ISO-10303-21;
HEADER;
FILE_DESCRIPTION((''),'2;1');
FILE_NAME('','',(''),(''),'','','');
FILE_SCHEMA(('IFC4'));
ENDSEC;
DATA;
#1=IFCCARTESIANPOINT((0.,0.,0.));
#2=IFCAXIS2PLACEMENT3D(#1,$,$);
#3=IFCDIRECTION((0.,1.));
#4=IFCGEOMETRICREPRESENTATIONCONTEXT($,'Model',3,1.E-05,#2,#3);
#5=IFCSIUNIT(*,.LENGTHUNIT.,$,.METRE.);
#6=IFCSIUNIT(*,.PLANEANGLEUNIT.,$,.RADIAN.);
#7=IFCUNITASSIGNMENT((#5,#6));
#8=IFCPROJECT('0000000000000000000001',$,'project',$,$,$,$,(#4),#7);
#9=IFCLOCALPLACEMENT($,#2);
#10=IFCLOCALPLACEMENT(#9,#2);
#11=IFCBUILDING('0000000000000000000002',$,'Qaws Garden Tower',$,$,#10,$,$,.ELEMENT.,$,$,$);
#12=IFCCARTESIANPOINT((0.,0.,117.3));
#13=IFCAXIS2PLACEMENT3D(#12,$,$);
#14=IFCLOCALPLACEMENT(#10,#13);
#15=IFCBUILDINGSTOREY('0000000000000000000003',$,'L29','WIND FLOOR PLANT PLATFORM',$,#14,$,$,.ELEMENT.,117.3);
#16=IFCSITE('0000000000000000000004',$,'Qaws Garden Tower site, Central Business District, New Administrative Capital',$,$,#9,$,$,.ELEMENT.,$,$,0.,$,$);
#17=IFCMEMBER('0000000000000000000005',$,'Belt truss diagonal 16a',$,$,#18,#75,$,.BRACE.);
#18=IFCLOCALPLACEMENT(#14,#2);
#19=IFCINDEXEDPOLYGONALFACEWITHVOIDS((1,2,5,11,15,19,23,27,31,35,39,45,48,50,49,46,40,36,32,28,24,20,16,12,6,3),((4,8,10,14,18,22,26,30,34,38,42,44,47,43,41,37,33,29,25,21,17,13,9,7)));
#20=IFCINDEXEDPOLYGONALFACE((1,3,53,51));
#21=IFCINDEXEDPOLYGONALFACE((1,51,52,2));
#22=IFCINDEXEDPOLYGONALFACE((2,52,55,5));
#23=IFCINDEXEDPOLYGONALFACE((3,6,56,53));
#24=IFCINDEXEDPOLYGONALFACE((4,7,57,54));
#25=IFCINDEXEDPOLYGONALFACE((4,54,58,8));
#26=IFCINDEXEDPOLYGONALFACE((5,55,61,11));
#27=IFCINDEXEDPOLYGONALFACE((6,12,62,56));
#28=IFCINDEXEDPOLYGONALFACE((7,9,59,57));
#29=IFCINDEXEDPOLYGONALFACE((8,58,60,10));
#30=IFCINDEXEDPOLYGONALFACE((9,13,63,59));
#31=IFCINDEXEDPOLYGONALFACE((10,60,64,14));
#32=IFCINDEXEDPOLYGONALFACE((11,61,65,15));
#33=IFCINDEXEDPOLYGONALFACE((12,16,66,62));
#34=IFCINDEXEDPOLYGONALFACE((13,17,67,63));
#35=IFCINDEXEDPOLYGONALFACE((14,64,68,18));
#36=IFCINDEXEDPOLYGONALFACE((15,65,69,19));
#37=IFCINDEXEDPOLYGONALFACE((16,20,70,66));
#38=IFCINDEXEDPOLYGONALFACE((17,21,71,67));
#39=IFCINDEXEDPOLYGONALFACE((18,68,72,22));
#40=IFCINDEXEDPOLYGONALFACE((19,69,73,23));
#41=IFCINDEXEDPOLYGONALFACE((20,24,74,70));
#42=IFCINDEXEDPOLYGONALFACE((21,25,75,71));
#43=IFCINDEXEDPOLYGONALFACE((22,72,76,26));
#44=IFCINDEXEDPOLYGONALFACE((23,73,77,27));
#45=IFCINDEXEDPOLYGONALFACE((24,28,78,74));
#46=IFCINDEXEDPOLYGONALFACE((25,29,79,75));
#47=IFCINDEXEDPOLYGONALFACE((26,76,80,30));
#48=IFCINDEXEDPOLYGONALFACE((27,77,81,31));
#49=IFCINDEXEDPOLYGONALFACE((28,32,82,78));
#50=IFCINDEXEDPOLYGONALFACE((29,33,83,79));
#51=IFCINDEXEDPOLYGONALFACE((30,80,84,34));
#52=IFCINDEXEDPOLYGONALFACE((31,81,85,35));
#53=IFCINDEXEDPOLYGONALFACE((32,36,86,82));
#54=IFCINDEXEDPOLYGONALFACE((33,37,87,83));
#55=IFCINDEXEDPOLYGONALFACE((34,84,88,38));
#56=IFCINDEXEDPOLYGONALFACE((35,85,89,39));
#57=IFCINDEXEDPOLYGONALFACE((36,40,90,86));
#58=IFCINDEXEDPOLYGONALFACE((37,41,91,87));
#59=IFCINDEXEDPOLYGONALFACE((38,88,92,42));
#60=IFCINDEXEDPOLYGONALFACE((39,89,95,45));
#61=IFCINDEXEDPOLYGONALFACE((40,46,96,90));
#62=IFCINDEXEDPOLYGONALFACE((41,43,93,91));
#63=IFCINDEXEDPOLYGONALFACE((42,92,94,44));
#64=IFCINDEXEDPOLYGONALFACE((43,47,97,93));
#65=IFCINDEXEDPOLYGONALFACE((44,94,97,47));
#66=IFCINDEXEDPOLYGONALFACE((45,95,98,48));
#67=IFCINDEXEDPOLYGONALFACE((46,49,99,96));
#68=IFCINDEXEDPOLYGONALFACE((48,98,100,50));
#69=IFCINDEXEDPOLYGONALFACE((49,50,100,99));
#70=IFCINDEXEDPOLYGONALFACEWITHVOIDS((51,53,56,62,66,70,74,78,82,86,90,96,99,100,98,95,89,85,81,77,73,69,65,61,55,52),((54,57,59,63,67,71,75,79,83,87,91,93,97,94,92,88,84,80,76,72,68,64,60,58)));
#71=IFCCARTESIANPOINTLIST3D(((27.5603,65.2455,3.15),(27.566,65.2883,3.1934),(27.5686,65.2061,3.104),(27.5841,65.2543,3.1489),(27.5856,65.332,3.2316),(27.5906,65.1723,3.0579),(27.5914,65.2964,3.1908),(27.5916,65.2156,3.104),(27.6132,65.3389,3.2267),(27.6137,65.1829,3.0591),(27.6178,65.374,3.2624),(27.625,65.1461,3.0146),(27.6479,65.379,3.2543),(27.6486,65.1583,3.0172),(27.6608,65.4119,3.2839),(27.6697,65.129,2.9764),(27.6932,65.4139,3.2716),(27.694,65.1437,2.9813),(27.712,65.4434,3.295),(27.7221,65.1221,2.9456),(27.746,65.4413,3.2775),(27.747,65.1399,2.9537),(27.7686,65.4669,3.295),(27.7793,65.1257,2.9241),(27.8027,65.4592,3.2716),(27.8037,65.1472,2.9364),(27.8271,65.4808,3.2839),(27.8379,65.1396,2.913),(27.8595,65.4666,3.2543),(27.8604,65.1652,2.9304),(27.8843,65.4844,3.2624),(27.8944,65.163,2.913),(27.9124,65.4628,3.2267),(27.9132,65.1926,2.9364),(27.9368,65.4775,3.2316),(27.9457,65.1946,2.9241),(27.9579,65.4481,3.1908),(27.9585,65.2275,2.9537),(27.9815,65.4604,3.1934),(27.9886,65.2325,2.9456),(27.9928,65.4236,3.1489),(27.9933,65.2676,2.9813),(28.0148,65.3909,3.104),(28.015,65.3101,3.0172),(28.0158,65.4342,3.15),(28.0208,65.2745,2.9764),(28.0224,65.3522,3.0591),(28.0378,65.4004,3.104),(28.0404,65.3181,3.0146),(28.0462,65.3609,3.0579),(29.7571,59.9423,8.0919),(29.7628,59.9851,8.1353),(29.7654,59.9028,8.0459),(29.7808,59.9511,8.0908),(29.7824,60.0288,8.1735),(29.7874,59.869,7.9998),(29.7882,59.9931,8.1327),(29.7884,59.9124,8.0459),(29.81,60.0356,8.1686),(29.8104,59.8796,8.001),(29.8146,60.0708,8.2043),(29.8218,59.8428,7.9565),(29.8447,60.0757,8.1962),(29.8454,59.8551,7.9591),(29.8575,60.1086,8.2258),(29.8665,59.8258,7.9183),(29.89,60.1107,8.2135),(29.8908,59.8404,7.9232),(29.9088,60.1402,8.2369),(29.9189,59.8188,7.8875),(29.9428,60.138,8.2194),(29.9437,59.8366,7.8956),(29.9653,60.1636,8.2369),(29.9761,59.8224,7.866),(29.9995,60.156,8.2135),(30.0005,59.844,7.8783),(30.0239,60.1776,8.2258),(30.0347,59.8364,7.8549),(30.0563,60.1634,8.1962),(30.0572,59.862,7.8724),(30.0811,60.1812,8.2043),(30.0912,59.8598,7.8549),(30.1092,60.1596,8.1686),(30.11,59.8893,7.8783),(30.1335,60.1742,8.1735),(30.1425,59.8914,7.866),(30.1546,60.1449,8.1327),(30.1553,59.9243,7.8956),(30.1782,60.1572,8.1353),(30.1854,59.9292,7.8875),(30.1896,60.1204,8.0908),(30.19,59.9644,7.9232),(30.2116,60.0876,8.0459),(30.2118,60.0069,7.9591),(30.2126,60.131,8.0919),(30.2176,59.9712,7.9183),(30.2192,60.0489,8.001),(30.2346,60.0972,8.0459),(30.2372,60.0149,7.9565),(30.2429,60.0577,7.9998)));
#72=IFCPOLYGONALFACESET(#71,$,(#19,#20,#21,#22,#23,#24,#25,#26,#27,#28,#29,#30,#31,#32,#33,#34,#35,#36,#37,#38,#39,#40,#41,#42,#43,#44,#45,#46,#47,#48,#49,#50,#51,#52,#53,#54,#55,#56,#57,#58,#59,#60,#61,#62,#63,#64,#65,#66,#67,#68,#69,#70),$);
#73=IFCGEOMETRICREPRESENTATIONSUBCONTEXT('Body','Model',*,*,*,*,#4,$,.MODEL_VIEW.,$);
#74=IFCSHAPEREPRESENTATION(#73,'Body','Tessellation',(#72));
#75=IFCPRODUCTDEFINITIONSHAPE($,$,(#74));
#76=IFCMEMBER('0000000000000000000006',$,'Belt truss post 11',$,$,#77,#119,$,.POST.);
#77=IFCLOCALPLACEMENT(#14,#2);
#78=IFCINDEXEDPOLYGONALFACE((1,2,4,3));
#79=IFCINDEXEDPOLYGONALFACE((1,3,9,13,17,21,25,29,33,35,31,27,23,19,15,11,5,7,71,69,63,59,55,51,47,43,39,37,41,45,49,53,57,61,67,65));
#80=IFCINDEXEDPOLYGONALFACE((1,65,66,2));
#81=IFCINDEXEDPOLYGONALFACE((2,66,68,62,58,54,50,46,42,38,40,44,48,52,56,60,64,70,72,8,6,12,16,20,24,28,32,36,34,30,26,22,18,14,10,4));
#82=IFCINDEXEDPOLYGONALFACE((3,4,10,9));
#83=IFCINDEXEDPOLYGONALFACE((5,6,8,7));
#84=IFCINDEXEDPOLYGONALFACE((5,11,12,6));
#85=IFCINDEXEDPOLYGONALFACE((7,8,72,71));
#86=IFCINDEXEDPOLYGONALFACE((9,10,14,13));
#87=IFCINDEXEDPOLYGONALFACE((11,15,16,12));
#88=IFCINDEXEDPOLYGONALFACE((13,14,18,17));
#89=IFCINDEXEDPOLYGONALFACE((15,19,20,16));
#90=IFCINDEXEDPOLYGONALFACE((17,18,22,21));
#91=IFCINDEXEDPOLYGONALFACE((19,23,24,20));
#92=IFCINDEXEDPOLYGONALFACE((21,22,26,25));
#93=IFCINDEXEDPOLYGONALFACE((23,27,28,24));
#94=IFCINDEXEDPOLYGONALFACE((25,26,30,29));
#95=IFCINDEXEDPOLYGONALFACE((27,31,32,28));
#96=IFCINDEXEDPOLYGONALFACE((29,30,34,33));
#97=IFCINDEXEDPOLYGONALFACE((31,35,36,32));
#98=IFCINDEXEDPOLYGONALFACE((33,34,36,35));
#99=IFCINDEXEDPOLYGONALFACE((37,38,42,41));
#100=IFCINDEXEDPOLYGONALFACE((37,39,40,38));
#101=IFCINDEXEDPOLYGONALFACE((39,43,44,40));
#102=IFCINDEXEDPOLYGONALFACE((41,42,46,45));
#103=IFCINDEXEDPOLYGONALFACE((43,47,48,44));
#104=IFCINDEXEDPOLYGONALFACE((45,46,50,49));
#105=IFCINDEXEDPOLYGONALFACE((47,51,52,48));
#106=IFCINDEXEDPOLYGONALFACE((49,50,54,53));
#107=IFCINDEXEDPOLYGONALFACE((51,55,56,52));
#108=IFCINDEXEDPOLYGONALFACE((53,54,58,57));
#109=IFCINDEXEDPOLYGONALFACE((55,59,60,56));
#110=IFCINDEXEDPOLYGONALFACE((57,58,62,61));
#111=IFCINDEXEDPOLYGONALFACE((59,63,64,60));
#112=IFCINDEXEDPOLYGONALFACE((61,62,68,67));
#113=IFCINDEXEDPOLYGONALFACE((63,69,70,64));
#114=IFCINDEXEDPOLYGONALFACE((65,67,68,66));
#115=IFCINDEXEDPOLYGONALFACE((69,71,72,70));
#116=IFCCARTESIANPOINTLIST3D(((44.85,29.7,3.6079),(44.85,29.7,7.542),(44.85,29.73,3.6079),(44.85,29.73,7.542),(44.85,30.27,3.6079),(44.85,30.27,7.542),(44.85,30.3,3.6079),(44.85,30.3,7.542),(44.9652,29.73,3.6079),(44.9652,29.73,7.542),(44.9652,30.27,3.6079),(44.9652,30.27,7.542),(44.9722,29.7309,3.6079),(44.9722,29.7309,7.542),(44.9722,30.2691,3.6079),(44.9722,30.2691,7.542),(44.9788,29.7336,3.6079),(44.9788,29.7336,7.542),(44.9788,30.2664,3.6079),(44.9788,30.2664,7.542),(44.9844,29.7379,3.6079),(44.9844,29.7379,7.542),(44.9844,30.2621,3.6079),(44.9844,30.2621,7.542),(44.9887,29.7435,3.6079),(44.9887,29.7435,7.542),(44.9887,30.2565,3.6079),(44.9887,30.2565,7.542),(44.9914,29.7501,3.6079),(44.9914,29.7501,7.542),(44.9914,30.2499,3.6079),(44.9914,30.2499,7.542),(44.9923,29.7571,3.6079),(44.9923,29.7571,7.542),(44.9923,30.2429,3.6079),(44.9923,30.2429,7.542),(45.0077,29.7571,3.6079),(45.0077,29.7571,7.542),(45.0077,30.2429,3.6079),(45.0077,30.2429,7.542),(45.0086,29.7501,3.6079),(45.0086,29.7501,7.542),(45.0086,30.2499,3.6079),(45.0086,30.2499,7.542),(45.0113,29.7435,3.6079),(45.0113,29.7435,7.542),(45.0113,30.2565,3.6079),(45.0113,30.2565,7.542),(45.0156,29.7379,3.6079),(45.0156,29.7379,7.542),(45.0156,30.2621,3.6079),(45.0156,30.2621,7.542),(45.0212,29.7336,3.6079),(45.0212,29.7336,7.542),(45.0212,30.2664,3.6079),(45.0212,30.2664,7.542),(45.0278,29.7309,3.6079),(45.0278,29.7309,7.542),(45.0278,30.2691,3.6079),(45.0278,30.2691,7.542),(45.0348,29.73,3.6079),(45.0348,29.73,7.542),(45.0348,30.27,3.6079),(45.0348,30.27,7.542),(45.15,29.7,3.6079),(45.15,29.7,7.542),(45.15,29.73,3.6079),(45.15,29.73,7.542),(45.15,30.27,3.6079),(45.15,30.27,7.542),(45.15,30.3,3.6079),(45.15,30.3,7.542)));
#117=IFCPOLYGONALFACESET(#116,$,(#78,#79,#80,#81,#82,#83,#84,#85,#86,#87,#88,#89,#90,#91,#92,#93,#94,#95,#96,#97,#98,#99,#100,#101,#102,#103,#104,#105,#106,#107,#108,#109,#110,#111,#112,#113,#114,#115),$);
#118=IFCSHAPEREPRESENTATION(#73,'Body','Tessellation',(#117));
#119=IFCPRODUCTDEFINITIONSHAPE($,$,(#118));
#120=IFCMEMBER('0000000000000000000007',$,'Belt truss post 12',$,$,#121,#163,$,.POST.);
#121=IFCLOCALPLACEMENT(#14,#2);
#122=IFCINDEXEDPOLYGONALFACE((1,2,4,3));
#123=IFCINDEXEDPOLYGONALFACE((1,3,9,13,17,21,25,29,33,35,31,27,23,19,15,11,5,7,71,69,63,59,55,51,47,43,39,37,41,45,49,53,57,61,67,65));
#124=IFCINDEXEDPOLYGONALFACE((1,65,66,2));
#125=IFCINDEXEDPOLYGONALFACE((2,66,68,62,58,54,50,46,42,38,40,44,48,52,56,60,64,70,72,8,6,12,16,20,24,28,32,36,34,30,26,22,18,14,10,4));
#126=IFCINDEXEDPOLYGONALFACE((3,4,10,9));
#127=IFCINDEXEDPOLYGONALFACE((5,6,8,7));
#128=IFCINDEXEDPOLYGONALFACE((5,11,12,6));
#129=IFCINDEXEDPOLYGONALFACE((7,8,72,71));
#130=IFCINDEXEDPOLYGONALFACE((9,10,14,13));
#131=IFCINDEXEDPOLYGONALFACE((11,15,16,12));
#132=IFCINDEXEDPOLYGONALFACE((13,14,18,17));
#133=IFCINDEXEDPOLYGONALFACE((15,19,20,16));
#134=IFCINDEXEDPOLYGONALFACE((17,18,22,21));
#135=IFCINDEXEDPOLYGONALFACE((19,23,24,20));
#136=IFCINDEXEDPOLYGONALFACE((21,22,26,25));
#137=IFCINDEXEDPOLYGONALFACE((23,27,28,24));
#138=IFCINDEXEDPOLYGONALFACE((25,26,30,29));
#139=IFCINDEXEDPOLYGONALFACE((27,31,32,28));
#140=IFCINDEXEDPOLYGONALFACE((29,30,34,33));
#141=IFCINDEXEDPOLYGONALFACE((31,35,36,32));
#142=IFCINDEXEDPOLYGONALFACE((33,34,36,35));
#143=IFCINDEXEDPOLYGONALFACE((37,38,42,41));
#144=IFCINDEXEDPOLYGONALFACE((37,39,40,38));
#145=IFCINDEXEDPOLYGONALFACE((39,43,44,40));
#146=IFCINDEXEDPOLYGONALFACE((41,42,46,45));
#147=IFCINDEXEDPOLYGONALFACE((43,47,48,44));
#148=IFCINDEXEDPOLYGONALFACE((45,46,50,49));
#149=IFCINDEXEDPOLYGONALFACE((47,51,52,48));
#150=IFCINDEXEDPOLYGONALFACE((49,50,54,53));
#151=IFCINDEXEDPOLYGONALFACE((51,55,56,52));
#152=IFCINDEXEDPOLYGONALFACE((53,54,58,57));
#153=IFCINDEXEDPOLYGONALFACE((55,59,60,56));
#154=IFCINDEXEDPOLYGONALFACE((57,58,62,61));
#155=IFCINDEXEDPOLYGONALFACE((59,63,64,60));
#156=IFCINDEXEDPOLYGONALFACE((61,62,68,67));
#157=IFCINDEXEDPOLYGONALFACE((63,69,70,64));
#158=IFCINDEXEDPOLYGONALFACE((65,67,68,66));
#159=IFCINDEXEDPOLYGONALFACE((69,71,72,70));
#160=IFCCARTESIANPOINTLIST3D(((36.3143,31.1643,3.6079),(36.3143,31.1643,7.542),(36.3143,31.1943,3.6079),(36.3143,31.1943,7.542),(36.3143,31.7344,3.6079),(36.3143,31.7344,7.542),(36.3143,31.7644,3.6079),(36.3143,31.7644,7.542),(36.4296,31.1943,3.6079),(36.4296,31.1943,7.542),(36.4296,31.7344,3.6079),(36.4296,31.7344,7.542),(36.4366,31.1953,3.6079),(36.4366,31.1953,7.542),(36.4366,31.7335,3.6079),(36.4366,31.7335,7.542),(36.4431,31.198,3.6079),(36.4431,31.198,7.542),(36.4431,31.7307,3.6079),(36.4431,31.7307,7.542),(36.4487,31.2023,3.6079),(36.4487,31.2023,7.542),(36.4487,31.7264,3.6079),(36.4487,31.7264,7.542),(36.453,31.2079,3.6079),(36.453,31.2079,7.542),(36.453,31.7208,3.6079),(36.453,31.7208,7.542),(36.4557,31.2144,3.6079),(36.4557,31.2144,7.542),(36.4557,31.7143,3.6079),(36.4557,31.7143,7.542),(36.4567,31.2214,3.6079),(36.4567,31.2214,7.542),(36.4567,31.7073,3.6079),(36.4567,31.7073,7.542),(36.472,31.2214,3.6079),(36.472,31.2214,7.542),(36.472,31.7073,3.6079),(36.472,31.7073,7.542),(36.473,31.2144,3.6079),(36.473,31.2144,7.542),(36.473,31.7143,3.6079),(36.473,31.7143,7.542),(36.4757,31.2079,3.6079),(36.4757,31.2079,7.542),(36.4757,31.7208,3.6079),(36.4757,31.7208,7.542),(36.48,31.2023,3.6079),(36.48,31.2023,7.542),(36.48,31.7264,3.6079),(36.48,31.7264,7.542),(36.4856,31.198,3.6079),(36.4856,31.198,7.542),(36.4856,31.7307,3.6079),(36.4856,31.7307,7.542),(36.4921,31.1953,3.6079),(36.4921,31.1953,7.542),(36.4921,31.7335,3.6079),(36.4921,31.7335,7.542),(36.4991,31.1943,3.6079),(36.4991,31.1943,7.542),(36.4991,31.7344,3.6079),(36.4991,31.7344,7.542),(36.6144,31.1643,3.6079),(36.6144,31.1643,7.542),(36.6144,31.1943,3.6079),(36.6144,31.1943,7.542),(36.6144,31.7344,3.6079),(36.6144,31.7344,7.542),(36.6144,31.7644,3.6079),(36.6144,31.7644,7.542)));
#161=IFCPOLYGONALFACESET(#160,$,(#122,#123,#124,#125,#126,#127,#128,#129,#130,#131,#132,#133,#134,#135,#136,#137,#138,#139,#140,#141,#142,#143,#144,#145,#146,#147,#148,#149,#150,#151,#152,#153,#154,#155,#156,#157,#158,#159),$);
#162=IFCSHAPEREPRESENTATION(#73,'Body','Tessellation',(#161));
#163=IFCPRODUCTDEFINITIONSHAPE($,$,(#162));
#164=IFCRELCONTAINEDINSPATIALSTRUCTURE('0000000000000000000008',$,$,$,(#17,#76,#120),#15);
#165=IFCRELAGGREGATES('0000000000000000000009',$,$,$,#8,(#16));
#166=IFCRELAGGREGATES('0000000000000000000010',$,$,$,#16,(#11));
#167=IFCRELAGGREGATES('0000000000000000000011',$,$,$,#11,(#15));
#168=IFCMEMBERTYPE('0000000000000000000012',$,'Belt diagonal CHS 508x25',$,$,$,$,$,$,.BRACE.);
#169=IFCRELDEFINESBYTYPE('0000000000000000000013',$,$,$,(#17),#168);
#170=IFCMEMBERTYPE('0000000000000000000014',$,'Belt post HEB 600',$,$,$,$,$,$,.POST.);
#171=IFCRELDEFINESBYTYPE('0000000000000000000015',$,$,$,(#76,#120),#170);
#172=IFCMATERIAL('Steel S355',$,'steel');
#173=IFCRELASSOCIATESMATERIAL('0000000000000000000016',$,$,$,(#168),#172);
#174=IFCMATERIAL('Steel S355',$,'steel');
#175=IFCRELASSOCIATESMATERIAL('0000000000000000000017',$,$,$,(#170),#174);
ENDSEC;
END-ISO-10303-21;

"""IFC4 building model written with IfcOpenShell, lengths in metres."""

from ifc_helpers import new_model, si_unit, direction, frame, origin, origin_2d, place, context, subcontext, project, spatial, hollow_circle, i_section, extrude, material, material_profile, profile_set, type_object, element, save


model = new_model("IFC4")

# Units and contexts
model_context = context("Model", 3, precision=1e-05, world=origin(), true_north=direction((0.0, 1.0)))
body_context = subcontext(model_context, "Body", "Model", "MODEL_VIEW")
ifc_project = project(units=[si_unit("LENGTHUNIT", "METRE"), si_unit("PLANEANGLEUNIT", "RADIAN")], contexts=[model_context])

# Site, building, storey
site_placement = place(None, origin())
site = spatial("IfcSite", under=ifc_project, at=site_placement, Name="Qaws Garden Tower site, Central Business District, New Administrative Capital", CompositionType="ELEMENT", RefElevation=0.0)
building_placement = place(site_placement, origin())
building = spatial("IfcBuilding", under=site, at=building_placement, Name="Qaws Garden Tower", CompositionType="ELEMENT")
storey_placement = place(building_placement, frame((0.0, 0.0, 117.3)))
storey = spatial("IfcBuildingStorey", under=building, at=storey_placement, Name="L29", Description="WIND FLOOR PLANT PLATFORM", CompositionType="ELEMENT", Elevation=117.3)

# Members
ifc_material_1 = material(Name="Steel S355", Category="steel")
ifc_material_profile_1 = material_profile(ifc_material_1, hollow_circle(Radius=0.2539, WallThickness=0.0249, at=origin_2d()), Name="CHS 508x25")
ifc_profile_set_1 = profile_set([ifc_material_profile_1], Name="Steel S355")
member_type_1 = type_object("IfcMemberType", Name="Belt diagonal CHS 508x25", PredefinedType="BRACE", material=ifc_profile_set_1)
member_1_placement = place(storey_placement, frame((30.0, 60.0, 8.0459), z_axis=(-0.290025, 0.700146, -0.652443), x_axis=(-0.923873, -0.3827, 0.0)))
element("IfcMember", 1, at=member_1_placement, inside=storey, type_object=member_type_1, Name="Belt truss diagonal 16a", PredefinedType="BRACE", context=body_context, shape_type="SweptSolid", body=[
    extrude(hollow_circle(Radius=0.2539, WallThickness=0.0249, at=origin_2d()), origin(), (0.0, 0.0, 1.0), 7.5745),
])
ifc_material_2 = material(Name="Steel S355", Category="steel")
ifc_material_profile_2 = material_profile(ifc_material_2, i_section(OverallWidth=0.3, OverallDepth=0.6001, WebThickness=0.0154, FlangeThickness=0.03, FilletRadius=0.0271, at=origin_2d()), Name="HEB 600")
ifc_profile_set_2 = profile_set([ifc_material_profile_2], Name="Steel S355")
member_type_2 = type_object("IfcMemberType", Name="Belt post HEB 600", PredefinedType="POST", material=ifc_profile_set_2)
member_2_placement = place(storey_placement, frame((45.0, 30.0, 3.6079), z_axis=(0.0, 0.0, 1.0), x_axis=(1.0, 0.0, 0.0)))
element("IfcMember", 2, at=member_2_placement, inside=storey, type_object=member_type_2, Name="Belt truss post 11", PredefinedType="POST", context=body_context, shape_type="SweptSolid", body=[
    extrude(i_section(OverallWidth=0.3, OverallDepth=0.6001, WebThickness=0.0154, FlangeThickness=0.03, FilletRadius=0.0271, at=origin_2d()), origin(), (0.0, 0.0, 1.0), 3.9341),
])
placement_1 = place(storey_placement, frame((36.4644, 31.4644, 3.6079), z_axis=(0.0, 0.0, 1.0), x_axis=(1.0, 0.0, 0.0)))
element("IfcMember", 3, at=placement_1, inside=storey, type_object=member_type_2, Name="Belt truss post 12", PredefinedType="POST", context=body_context, shape_type="SweptSolid", body=[
    extrude(i_section(OverallWidth=0.3, OverallDepth=0.6001, WebThickness=0.0154, FlangeThickness=0.03, FilletRadius=0.0271, at=origin_2d()), origin(), (0.0, 0.0, 1.0), 3.9341),
])

save(model, "model.ifc")
